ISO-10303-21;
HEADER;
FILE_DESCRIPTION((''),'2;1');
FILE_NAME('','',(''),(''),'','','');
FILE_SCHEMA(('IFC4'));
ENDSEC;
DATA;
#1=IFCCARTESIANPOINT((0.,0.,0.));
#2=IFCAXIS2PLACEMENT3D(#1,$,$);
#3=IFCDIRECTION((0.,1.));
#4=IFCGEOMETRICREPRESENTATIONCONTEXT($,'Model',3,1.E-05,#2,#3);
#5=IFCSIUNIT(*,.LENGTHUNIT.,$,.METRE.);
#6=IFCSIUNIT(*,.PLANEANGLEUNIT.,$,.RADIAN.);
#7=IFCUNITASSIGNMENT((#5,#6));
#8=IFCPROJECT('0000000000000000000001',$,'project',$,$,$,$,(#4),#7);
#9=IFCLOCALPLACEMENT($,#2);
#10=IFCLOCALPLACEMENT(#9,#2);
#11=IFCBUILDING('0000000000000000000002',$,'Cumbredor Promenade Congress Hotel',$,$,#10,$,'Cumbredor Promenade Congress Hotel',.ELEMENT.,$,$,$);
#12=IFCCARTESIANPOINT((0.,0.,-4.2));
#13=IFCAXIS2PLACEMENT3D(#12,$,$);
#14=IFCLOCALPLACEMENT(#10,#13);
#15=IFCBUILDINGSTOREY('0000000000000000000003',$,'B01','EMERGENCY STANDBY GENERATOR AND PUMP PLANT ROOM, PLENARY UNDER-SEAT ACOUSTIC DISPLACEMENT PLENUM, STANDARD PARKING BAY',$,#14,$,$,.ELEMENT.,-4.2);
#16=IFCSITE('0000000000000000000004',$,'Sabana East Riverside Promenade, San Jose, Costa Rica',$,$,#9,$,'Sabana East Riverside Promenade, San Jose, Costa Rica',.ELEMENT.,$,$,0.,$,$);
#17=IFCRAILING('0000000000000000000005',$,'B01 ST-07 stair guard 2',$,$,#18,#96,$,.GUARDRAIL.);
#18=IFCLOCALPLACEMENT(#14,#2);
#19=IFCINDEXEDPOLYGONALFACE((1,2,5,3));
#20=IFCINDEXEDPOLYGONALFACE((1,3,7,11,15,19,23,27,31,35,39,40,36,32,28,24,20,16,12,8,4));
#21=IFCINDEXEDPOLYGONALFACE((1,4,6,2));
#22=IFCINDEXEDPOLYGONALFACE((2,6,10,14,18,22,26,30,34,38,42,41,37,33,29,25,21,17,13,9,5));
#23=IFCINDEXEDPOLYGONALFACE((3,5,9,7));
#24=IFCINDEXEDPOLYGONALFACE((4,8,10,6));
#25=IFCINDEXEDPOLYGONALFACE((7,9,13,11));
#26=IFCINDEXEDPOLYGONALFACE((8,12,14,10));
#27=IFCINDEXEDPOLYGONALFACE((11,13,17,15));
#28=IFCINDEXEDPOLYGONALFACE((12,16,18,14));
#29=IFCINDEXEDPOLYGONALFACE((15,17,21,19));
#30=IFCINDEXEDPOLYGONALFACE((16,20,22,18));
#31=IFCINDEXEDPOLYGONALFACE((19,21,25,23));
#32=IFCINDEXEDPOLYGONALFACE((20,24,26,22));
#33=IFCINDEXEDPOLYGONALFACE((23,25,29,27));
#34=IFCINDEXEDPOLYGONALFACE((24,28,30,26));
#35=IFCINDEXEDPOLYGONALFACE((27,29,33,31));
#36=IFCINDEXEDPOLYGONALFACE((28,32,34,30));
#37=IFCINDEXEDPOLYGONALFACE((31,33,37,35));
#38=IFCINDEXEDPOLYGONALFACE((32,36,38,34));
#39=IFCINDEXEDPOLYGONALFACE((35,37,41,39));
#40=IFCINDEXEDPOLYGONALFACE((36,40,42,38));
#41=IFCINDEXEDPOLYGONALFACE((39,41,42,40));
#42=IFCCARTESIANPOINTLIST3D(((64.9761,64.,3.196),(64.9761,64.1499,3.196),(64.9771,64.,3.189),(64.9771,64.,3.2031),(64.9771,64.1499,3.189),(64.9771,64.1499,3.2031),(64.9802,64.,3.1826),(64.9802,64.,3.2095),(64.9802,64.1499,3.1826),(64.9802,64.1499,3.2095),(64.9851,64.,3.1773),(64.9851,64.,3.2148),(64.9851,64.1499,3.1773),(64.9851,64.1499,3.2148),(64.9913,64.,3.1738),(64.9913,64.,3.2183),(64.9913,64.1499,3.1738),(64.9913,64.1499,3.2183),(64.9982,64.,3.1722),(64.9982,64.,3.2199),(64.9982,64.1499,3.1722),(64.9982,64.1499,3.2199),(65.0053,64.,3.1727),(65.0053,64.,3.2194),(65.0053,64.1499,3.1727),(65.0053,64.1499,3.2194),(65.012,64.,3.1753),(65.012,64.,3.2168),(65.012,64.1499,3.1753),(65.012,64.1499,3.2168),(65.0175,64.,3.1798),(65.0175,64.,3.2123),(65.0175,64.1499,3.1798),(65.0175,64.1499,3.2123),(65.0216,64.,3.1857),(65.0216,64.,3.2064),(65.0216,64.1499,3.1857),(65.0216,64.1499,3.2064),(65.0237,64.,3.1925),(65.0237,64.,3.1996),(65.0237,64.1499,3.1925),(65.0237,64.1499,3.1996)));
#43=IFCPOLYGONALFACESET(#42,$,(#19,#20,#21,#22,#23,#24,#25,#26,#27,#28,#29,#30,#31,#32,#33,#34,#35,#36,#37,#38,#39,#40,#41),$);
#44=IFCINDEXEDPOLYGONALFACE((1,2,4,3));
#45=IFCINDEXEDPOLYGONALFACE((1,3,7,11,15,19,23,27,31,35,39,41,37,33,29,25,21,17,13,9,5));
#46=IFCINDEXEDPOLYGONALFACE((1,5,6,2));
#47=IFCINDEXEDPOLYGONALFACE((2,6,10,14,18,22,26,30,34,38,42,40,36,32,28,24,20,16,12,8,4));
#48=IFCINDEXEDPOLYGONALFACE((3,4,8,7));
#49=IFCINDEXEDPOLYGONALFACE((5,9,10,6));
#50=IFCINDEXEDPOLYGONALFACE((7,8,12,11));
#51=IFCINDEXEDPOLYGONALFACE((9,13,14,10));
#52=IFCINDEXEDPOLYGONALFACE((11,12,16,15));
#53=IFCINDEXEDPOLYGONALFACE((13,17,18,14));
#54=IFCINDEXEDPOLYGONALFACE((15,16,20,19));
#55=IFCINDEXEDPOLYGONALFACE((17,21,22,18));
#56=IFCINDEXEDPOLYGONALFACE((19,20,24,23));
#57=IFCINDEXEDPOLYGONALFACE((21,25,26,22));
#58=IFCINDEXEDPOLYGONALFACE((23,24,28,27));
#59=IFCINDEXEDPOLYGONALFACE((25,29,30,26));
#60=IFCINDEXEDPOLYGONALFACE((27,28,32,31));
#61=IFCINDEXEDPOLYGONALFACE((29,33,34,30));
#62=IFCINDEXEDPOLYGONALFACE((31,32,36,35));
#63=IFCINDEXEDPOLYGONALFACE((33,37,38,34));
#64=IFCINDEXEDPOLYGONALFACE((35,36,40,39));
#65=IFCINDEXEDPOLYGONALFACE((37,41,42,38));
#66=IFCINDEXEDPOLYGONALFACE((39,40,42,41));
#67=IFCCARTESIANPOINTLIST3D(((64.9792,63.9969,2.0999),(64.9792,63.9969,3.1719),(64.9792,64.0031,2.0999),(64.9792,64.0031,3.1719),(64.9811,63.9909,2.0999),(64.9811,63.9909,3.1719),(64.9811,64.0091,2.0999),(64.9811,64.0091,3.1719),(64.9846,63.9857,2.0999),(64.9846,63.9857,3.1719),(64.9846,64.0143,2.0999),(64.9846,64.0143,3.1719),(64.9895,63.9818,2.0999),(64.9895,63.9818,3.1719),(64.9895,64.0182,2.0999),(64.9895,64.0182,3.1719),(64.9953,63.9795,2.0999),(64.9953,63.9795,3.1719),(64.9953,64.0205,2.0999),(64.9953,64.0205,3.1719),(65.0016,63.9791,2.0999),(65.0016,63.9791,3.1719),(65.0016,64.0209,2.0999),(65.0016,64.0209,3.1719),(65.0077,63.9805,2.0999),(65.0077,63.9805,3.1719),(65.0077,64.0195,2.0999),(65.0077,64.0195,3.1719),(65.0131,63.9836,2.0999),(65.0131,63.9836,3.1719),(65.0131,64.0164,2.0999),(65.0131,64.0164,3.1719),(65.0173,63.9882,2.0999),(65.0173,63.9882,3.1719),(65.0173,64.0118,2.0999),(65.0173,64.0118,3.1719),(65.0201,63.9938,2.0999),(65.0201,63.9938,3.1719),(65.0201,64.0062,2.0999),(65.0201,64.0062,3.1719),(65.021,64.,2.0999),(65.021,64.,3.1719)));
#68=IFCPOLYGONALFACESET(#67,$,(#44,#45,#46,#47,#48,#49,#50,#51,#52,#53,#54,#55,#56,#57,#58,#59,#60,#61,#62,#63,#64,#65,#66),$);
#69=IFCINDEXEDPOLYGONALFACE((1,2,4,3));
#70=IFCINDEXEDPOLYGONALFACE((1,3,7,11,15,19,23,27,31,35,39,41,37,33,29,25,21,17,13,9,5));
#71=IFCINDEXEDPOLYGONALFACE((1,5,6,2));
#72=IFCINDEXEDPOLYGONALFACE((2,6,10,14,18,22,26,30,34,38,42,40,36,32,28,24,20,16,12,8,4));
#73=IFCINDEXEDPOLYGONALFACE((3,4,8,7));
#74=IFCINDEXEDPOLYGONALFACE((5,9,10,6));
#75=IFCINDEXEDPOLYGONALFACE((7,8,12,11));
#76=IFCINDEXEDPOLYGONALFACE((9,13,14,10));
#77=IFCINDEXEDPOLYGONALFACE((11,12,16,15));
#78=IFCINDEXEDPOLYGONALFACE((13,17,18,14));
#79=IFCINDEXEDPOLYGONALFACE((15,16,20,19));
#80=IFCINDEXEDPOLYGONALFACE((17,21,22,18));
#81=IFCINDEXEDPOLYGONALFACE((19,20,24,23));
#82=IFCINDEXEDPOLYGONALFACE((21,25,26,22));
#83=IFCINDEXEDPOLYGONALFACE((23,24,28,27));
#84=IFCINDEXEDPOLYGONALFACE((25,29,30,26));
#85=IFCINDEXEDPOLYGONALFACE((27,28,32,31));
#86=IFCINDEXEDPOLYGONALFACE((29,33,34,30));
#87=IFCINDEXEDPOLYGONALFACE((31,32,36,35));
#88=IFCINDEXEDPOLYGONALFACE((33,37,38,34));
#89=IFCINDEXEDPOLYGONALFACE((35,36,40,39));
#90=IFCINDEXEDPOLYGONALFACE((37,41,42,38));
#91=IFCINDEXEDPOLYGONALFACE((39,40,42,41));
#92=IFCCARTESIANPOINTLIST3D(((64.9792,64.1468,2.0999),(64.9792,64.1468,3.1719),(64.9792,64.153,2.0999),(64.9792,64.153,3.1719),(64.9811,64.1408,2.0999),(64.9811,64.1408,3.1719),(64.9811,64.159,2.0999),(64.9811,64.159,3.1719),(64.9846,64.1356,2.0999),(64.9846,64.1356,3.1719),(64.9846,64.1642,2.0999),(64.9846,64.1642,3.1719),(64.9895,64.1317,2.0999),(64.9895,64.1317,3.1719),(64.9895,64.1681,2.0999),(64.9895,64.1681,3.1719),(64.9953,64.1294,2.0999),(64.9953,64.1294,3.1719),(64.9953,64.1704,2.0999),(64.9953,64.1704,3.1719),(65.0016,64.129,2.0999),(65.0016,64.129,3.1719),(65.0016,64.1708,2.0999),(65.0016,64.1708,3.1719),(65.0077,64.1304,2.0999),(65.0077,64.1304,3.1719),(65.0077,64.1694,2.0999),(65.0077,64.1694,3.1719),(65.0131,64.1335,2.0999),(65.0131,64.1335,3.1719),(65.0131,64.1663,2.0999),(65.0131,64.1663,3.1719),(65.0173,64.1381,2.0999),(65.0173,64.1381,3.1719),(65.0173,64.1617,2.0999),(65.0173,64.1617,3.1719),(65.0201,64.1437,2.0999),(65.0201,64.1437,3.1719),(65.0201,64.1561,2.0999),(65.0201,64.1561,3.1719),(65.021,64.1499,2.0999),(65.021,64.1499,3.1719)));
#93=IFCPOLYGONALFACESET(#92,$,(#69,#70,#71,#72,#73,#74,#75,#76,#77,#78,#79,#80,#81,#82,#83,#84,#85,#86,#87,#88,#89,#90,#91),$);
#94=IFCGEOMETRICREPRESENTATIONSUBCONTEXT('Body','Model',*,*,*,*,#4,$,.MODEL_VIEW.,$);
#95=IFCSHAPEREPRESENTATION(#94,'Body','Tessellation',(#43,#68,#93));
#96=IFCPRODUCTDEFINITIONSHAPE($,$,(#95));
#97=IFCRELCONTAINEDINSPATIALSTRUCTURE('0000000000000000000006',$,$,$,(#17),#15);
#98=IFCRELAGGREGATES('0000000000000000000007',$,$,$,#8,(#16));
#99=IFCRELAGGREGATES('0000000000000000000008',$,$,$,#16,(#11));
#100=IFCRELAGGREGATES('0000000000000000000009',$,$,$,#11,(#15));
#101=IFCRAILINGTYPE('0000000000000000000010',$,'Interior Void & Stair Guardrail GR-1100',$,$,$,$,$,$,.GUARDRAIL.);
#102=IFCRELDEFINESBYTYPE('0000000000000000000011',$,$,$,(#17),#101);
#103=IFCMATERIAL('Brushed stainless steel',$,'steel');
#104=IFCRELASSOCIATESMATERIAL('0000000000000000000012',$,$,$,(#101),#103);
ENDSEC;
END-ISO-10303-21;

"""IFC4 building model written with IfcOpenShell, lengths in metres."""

from ifc_helpers import new_model, si_unit, direction, frame, origin, origin_2d, place, context, subcontext, project, spatial, circle, extrude, material, type_object, element, save


model = new_model("IFC4")

# Units and contexts
model_context = context("Model", 3, precision=1e-05, world=origin(), true_north=direction((0.0, 1.0)))
body_context = subcontext(model_context, "Body", "Model", "MODEL_VIEW")
ifc_project = project(units=[si_unit("LENGTHUNIT", "METRE"), si_unit("PLANEANGLEUNIT", "RADIAN")], contexts=[model_context])

# Site, building, storey
site_placement = place(None, origin())
site = spatial("IfcSite", under=ifc_project, at=site_placement, Name="Sabana East Riverside Promenade, San Jose, Costa Rica", LongName="Sabana East Riverside Promenade, San Jose, Costa Rica", CompositionType="ELEMENT", RefElevation=0.0)
building_placement = place(site_placement, origin())
building = spatial("IfcBuilding", under=site, at=building_placement, Name="Cumbredor Promenade Congress Hotel", LongName="Cumbredor Promenade Congress Hotel", CompositionType="ELEMENT")
storey_placement = place(building_placement, frame((0.0, 0.0, -4.2)))
storey = spatial("IfcBuildingStorey", under=building, at=storey_placement, Name="B01", Description="EMERGENCY STANDBY GENERATOR AND PUMP PLANT ROOM, PLENARY UNDER-SEAT ACOUSTIC DISPLACEMENT PLENUM, STANDARD PARKING BAY", CompositionType="ELEMENT", Elevation=-4.2)

# Railing
ifc_material_1 = material(Name="Brushed stainless steel", Category="steel")
railing_type_1 = type_object("IfcRailingType", Name="Interior Void & Stair Guardrail GR-1100", PredefinedType="GUARDRAIL", material=ifc_material_1)
railing_1_placement = place(storey_placement, frame((65.0, 64.0, 2.0999)))
element("IfcRailing", 1, at=railing_1_placement, inside=storey, type_object=railing_type_1, Name="B01 ST-07 stair guard 2", PredefinedType="GUARDRAIL", context=body_context, shape_type="SweptSolid", body=[
    extrude(circle(Radius=0.0239, at=origin_2d()), frame((0.0, 0.0, 1.0962), z_axis=(0.0, 1.0, 0.0), x_axis=(-1.0, 0.0, 0.0)), (0.0, 0.0, 1.0), 0.1499),
    extrude(circle(Radius=0.021, at=origin_2d()), origin(), (0.0, 0.0, 1.0), 1.072),
    extrude(circle(Radius=0.021, at=origin_2d()), frame((0.0, 0.1499, 0.0)), (0.0, 0.0, 1.0), 1.072),
])

save(model, "model.ifc")
